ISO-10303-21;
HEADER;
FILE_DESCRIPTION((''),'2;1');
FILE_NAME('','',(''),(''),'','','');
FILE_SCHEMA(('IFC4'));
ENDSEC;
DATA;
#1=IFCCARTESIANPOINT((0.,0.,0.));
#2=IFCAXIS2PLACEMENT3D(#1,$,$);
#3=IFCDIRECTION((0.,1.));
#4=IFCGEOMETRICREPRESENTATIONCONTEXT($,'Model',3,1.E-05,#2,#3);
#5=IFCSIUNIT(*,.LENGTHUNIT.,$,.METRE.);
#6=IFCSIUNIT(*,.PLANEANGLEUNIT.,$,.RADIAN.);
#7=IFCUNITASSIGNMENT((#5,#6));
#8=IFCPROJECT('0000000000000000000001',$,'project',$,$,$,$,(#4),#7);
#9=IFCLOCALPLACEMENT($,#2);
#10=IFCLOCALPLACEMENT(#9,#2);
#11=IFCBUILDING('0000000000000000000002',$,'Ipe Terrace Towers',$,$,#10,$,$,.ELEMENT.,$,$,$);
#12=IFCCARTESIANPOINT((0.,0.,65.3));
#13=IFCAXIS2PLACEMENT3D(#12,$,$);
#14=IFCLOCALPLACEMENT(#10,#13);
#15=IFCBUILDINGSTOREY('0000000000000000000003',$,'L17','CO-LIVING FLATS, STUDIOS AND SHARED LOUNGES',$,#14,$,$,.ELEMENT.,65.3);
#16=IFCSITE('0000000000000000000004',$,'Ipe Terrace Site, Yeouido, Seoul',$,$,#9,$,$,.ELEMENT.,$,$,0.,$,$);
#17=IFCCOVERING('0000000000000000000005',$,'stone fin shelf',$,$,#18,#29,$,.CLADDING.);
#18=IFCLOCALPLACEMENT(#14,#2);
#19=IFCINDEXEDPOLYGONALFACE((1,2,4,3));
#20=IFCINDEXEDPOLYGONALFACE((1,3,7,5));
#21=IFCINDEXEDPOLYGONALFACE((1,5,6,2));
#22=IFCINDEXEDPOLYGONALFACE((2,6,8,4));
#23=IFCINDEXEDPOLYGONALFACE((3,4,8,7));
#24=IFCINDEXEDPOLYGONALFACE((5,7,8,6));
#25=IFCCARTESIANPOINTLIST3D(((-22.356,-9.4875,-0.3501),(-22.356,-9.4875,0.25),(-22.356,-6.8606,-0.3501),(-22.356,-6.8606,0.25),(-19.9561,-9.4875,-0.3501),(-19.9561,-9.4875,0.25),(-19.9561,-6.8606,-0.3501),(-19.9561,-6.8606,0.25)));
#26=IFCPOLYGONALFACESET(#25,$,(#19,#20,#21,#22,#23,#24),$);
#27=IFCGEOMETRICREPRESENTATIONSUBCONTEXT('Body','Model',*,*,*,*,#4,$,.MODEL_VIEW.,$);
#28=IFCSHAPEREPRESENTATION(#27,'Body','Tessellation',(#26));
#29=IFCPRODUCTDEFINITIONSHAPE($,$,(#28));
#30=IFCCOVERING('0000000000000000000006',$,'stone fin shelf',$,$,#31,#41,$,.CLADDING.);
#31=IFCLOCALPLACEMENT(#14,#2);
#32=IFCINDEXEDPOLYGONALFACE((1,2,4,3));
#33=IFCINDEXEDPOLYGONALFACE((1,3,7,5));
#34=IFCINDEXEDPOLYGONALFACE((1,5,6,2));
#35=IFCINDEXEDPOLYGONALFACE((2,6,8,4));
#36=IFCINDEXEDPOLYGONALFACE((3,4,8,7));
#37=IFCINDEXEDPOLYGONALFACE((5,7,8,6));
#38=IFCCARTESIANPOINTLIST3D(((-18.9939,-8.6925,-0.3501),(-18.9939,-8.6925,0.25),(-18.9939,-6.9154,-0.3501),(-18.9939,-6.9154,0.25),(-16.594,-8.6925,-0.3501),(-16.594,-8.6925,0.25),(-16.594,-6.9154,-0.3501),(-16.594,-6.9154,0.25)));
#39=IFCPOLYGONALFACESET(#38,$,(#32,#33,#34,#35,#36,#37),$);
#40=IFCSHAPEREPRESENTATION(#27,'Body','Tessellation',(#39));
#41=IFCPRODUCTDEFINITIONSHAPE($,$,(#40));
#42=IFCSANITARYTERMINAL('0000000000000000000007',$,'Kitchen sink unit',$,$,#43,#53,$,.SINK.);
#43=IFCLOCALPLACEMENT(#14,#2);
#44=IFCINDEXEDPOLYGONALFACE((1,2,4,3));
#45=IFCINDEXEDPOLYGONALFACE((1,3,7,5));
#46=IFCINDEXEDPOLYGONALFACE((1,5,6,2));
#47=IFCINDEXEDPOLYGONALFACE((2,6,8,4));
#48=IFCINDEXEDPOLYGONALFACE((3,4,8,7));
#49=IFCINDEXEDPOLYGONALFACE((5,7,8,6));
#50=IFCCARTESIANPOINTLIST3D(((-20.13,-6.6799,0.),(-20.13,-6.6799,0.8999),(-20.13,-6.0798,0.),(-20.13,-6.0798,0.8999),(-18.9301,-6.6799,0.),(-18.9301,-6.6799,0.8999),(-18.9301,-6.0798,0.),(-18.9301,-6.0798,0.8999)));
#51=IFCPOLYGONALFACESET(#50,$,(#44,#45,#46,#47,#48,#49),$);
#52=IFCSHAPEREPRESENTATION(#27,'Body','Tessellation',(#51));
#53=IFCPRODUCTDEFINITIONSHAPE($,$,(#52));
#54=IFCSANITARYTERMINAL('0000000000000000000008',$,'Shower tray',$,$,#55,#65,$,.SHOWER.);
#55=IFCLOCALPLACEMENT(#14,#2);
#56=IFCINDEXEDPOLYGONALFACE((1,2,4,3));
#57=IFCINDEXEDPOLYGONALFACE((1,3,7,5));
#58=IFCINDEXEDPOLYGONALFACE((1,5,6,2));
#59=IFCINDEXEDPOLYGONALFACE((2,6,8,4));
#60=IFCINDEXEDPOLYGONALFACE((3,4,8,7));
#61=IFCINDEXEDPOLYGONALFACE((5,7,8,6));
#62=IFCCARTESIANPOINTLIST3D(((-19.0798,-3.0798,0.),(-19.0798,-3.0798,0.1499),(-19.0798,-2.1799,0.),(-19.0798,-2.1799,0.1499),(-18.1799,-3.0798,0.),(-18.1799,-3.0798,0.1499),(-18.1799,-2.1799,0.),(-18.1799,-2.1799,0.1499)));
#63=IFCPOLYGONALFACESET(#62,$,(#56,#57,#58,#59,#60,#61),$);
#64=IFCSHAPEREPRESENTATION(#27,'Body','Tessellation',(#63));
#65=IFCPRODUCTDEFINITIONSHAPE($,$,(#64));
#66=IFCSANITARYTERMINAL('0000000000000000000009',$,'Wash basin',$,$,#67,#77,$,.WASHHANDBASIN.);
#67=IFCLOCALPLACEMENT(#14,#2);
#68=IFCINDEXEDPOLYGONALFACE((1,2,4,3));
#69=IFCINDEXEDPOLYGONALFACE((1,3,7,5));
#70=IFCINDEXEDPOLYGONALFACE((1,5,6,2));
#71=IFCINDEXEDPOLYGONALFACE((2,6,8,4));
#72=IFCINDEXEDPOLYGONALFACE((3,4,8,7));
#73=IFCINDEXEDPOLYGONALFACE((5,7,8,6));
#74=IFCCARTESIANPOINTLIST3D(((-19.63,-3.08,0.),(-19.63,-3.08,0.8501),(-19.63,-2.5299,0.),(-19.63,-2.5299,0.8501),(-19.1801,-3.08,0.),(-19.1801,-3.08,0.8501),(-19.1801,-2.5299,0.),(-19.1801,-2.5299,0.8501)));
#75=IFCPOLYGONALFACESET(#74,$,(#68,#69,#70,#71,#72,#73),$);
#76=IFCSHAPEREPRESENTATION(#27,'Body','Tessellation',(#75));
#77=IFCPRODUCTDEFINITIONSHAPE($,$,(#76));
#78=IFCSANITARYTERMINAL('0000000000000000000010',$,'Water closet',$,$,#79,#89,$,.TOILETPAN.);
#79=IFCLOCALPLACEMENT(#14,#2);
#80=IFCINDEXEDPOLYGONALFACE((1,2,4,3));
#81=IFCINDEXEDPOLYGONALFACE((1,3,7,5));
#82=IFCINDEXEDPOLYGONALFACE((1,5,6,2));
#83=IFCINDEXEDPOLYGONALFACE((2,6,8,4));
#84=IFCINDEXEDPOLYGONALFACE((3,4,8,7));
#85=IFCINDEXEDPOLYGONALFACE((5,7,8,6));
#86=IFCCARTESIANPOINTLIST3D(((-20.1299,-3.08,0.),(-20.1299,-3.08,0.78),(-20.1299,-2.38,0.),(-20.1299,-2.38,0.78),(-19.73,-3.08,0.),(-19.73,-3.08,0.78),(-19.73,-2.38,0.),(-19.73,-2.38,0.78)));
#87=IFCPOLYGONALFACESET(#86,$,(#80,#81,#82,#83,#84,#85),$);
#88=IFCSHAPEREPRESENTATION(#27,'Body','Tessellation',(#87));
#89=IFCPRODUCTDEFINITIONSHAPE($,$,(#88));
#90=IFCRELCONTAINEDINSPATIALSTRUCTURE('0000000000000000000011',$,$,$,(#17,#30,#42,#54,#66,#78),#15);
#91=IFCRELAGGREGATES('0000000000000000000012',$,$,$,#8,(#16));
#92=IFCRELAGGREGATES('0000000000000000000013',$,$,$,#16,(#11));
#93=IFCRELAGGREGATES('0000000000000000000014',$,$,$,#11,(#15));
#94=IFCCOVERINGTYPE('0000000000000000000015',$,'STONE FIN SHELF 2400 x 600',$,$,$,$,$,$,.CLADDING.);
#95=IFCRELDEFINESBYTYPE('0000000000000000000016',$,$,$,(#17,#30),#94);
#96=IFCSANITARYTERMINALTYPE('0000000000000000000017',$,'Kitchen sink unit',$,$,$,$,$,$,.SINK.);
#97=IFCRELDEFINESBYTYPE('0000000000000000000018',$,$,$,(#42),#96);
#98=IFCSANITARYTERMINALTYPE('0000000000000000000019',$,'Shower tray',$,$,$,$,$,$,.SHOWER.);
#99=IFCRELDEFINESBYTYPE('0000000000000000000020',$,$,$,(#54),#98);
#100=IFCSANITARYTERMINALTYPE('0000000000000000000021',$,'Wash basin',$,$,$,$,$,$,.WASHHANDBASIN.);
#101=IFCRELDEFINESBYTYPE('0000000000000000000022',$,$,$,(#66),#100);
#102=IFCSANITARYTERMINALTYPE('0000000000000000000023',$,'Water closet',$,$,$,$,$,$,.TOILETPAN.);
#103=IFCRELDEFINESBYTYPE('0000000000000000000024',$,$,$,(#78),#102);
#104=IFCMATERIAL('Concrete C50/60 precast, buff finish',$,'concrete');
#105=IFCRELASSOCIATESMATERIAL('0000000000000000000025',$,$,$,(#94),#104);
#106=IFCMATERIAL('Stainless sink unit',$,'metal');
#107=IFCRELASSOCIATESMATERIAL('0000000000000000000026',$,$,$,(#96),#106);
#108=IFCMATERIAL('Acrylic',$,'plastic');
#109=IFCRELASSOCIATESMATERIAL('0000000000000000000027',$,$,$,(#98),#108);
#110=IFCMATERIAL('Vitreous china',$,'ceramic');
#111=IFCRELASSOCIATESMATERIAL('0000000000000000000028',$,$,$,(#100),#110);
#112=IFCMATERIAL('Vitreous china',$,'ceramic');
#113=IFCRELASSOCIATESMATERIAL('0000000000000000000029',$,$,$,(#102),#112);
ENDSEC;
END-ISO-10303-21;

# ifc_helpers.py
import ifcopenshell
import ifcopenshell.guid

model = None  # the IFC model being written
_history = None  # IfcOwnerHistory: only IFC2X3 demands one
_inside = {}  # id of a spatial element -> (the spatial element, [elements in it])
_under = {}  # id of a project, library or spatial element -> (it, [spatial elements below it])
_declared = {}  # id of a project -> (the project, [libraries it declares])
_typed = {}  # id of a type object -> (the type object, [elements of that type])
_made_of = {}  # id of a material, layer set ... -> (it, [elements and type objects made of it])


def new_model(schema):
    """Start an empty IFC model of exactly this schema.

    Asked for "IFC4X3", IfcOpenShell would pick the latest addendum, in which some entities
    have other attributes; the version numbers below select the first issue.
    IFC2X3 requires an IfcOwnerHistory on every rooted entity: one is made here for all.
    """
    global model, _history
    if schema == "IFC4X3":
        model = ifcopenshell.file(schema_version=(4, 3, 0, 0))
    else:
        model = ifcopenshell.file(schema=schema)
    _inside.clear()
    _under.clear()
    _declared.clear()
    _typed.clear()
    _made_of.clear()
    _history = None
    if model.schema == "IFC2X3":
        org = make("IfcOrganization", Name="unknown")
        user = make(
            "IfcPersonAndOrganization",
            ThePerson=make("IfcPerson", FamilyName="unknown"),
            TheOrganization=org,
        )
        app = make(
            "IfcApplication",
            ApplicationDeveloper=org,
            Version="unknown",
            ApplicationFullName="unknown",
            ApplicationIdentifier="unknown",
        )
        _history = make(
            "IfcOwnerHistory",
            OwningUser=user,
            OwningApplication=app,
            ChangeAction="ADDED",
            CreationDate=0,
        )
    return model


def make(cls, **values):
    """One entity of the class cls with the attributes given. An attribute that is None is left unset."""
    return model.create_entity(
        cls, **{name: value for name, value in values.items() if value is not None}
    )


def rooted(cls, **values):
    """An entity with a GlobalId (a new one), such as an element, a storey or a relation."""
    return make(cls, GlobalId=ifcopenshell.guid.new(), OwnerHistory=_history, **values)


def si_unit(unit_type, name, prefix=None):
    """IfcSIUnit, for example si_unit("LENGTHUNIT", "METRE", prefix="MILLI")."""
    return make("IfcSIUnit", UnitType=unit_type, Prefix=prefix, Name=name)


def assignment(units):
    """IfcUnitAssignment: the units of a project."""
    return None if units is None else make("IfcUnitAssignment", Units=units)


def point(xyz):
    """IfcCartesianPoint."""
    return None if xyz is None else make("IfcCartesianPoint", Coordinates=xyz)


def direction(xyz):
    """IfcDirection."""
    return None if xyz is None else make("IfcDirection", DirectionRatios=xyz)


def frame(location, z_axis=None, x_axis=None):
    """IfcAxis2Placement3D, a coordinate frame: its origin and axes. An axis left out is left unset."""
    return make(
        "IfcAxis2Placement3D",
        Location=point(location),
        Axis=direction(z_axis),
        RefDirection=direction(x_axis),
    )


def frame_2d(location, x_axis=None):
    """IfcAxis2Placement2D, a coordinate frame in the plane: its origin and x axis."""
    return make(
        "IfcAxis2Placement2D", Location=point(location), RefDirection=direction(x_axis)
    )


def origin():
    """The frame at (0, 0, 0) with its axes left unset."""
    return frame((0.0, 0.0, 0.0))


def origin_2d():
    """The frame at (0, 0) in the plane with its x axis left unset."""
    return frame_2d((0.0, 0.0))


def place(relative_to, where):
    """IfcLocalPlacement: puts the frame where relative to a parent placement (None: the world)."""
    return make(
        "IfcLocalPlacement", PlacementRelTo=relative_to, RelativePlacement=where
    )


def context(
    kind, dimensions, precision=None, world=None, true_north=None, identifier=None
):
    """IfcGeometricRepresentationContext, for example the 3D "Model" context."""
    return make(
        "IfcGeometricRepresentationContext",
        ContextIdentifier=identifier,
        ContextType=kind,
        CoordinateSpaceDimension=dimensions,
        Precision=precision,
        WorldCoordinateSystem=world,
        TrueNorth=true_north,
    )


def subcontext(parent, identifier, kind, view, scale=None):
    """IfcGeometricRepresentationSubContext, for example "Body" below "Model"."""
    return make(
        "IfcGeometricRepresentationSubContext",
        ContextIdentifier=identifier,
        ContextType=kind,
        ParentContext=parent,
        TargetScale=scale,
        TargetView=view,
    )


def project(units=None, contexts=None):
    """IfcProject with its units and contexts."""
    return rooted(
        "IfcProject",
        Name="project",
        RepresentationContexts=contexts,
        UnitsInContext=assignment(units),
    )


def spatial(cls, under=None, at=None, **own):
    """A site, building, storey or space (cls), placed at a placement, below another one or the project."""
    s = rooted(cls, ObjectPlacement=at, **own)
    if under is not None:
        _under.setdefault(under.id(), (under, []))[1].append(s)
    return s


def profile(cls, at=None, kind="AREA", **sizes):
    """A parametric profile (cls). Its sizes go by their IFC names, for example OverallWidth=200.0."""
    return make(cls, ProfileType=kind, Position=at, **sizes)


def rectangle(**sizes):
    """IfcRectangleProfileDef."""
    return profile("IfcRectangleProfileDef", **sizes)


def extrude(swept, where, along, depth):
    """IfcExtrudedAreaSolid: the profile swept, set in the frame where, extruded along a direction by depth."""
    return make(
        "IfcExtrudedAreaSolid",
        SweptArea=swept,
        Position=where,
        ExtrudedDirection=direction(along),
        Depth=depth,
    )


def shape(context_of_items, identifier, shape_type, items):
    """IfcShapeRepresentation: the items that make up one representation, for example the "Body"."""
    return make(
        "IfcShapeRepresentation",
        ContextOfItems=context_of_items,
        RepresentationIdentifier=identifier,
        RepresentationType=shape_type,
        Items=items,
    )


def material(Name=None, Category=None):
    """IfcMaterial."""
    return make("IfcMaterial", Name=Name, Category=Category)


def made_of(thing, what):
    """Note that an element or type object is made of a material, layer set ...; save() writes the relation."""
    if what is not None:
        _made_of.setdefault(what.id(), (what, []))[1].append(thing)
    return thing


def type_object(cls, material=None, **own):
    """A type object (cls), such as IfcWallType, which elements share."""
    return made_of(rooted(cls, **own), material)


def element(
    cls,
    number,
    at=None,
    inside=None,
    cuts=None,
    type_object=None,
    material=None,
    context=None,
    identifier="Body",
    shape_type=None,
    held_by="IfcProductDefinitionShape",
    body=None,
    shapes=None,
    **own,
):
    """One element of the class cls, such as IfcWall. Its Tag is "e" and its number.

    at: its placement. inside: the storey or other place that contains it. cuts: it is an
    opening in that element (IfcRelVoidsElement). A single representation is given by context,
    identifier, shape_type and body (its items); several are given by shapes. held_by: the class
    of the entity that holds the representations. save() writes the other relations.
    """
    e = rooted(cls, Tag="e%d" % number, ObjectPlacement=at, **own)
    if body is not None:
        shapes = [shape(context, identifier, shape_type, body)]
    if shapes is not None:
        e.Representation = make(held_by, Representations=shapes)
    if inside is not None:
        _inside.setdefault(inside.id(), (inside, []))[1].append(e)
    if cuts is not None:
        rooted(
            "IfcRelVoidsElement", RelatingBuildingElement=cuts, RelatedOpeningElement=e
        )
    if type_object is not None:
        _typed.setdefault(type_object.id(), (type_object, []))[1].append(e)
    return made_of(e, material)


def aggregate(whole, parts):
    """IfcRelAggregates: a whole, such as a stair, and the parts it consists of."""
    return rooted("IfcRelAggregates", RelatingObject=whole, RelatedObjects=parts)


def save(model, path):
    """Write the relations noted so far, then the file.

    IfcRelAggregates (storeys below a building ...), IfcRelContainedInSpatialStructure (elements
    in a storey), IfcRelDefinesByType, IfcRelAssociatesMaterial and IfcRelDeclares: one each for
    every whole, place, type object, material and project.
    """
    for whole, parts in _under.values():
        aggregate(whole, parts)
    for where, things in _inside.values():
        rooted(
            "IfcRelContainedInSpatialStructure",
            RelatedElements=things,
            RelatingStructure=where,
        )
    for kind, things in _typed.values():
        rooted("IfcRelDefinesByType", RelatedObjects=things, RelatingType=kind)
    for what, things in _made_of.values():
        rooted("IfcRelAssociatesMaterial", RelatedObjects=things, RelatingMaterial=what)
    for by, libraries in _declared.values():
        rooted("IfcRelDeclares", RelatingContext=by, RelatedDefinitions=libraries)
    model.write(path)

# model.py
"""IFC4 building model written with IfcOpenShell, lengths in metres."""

from ifc_helpers import new_model, si_unit, direction, frame, origin, origin_2d, place, context, subcontext, project, spatial, rectangle, extrude, material, type_object, element, save


model = new_model("IFC4")

# Units and contexts
model_context = context("Model", 3, precision=1e-05, world=origin(), true_north=direction((0.0, 1.0)))
body_context = subcontext(model_context, "Body", "Model", "MODEL_VIEW")
ifc_project = project(units=[si_unit("LENGTHUNIT", "METRE"), si_unit("PLANEANGLEUNIT", "RADIAN")], contexts=[model_context])

# Site, building, storey
site_placement = place(None, origin())
site = spatial("IfcSite", under=ifc_project, at=site_placement, Name="Ipe Terrace Site, Yeouido, Seoul", CompositionType="ELEMENT", RefElevation=0.0)
building_placement = place(site_placement, origin())
building = spatial("IfcBuilding", under=site, at=building_placement, Name="Ipe Terrace Towers", CompositionType="ELEMENT")
storey_placement = place(building_placement, frame((0.0, 0.0, 65.3)))
storey = spatial("IfcBuildingStorey", under=building, at=storey_placement, Name="L17", Description="CO-LIVING FLATS, STUDIOS AND SHARED LOUNGES", CompositionType="ELEMENT", Elevation=65.3)

# Coverings
ifc_material_1 = material(Name="Concrete C50/60 precast, buff finish", Category="concrete")
covering_type_1 = type_object("IfcCoveringType", Name="STONE FIN SHELF 2400 x 600", PredefinedType="CLADDING", material=ifc_material_1)
covering_1_placement = place(storey_placement, frame((-21.156, -8.1741, -0.3501), z_axis=(0.0, 0.0, 1.0), x_axis=(1.0, 0.0, 0.0)))
element("IfcCovering", 1, at=covering_1_placement, inside=storey, type_object=covering_type_1, Name="stone fin shelf", PredefinedType="CLADDING", context=body_context, shape_type="SweptSolid", body=[
    extrude(rectangle(XDim=2.3999, YDim=2.627, at=origin_2d()), origin(), (0.0, 0.0, 1.0), 0.6001),
])
covering_2_placement = place(storey_placement, frame((-17.7939, -7.804, -0.3501), z_axis=(0.0, 0.0, 1.0), x_axis=(1.0, 0.0, 0.0)))
element("IfcCovering", 2, at=covering_2_placement, inside=storey, type_object=covering_type_1, Name="stone fin shelf", PredefinedType="CLADDING", context=body_context, shape_type="SweptSolid", body=[
    extrude(rectangle(XDim=2.3999, YDim=1.7771, at=origin_2d()), origin(), (0.0, 0.0, 1.0), 0.6001),
])

# Sanitary terminals
ifc_material_2 = material(Name="Stainless sink unit", Category="metal")
sanitary_terminal_type_1 = type_object("IfcSanitaryTerminalType", Name="Kitchen sink unit", PredefinedType="SINK", material=ifc_material_2)
sanitary_terminal_1_placement = place(storey_placement, frame((-19.53, -6.3799, 0.0), z_axis=(0.0, 0.0, 1.0), x_axis=(-1.0, 0.0, 0.0)))
element("IfcSanitaryTerminal", 3, at=sanitary_terminal_1_placement, inside=storey, type_object=sanitary_terminal_type_1, Name="Kitchen sink unit", PredefinedType="SINK", context=body_context, shape_type="SweptSolid", body=[
    extrude(rectangle(XDim=1.2, YDim=0.6001, at=origin_2d()), origin(), (0.0, 0.0, 1.0), 0.8999),
])
ifc_material_3 = material(Name="Acrylic", Category="plastic")
sanitary_terminal_type_2 = type_object("IfcSanitaryTerminalType", Name="Shower tray", PredefinedType="SHOWER", material=ifc_material_3)
sanitary_terminal_2_placement = place(storey_placement, frame((-18.6299, -2.6299, 0.0), z_axis=(0.0, 0.0, 1.0), x_axis=(0.0, 1.0, 0.0)))
element("IfcSanitaryTerminal", 4, at=sanitary_terminal_2_placement, inside=storey, type_object=sanitary_terminal_type_2, Name="Shower tray", PredefinedType="SHOWER", context=body_context, shape_type="SweptSolid", body=[
    extrude(rectangle(XDim=0.8999, YDim=0.8999, at=origin_2d()), origin(), (0.0, 0.0, 1.0), 0.1499),
])
ifc_material_4 = material(Name="Vitreous china", Category="ceramic")
sanitary_terminal_type_3 = type_object("IfcSanitaryTerminalType", Name="Wash basin", PredefinedType="WASHHANDBASIN", material=ifc_material_4)
sanitary_terminal_3_placement = place(storey_placement, frame((-19.405, -2.8049, 0.0), z_axis=(0.0, 0.0, 1.0), x_axis=(0.0, 1.0, 0.0)))
element("IfcSanitaryTerminal", 5, at=sanitary_terminal_3_placement, inside=storey, type_object=sanitary_terminal_type_3, Name="Wash basin", PredefinedType="WASHHANDBASIN", context=body_context, shape_type="SweptSolid", body=[
    extrude(rectangle(XDim=0.55, YDim=0.45, at=origin_2d()), origin(), (0.0, 0.0, 1.0), 0.8501),
])
ifc_material_5 = material(Name="Vitreous china", Category="ceramic")
sanitary_terminal_type_4 = type_object("IfcSanitaryTerminalType", Name="Water closet", PredefinedType="TOILETPAN", material=ifc_material_5)
sanitary_terminal_4_placement = place(storey_placement, frame((-19.9299, -2.73, 0.0), z_axis=(0.0, 0.0, 1.0), x_axis=(0.0, 1.0, 0.0)))
element("IfcSanitaryTerminal", 6, at=sanitary_terminal_4_placement, inside=storey, type_object=sanitary_terminal_type_4, Name="Water closet", PredefinedType="TOILETPAN", context=body_context, shape_type="SweptSolid", body=[
    extrude(rectangle(XDim=0.7, YDim=0.3999, at=origin_2d()), origin(), (0.0, 0.0, 1.0), 0.78),
])

save(model, "model.ifc")
